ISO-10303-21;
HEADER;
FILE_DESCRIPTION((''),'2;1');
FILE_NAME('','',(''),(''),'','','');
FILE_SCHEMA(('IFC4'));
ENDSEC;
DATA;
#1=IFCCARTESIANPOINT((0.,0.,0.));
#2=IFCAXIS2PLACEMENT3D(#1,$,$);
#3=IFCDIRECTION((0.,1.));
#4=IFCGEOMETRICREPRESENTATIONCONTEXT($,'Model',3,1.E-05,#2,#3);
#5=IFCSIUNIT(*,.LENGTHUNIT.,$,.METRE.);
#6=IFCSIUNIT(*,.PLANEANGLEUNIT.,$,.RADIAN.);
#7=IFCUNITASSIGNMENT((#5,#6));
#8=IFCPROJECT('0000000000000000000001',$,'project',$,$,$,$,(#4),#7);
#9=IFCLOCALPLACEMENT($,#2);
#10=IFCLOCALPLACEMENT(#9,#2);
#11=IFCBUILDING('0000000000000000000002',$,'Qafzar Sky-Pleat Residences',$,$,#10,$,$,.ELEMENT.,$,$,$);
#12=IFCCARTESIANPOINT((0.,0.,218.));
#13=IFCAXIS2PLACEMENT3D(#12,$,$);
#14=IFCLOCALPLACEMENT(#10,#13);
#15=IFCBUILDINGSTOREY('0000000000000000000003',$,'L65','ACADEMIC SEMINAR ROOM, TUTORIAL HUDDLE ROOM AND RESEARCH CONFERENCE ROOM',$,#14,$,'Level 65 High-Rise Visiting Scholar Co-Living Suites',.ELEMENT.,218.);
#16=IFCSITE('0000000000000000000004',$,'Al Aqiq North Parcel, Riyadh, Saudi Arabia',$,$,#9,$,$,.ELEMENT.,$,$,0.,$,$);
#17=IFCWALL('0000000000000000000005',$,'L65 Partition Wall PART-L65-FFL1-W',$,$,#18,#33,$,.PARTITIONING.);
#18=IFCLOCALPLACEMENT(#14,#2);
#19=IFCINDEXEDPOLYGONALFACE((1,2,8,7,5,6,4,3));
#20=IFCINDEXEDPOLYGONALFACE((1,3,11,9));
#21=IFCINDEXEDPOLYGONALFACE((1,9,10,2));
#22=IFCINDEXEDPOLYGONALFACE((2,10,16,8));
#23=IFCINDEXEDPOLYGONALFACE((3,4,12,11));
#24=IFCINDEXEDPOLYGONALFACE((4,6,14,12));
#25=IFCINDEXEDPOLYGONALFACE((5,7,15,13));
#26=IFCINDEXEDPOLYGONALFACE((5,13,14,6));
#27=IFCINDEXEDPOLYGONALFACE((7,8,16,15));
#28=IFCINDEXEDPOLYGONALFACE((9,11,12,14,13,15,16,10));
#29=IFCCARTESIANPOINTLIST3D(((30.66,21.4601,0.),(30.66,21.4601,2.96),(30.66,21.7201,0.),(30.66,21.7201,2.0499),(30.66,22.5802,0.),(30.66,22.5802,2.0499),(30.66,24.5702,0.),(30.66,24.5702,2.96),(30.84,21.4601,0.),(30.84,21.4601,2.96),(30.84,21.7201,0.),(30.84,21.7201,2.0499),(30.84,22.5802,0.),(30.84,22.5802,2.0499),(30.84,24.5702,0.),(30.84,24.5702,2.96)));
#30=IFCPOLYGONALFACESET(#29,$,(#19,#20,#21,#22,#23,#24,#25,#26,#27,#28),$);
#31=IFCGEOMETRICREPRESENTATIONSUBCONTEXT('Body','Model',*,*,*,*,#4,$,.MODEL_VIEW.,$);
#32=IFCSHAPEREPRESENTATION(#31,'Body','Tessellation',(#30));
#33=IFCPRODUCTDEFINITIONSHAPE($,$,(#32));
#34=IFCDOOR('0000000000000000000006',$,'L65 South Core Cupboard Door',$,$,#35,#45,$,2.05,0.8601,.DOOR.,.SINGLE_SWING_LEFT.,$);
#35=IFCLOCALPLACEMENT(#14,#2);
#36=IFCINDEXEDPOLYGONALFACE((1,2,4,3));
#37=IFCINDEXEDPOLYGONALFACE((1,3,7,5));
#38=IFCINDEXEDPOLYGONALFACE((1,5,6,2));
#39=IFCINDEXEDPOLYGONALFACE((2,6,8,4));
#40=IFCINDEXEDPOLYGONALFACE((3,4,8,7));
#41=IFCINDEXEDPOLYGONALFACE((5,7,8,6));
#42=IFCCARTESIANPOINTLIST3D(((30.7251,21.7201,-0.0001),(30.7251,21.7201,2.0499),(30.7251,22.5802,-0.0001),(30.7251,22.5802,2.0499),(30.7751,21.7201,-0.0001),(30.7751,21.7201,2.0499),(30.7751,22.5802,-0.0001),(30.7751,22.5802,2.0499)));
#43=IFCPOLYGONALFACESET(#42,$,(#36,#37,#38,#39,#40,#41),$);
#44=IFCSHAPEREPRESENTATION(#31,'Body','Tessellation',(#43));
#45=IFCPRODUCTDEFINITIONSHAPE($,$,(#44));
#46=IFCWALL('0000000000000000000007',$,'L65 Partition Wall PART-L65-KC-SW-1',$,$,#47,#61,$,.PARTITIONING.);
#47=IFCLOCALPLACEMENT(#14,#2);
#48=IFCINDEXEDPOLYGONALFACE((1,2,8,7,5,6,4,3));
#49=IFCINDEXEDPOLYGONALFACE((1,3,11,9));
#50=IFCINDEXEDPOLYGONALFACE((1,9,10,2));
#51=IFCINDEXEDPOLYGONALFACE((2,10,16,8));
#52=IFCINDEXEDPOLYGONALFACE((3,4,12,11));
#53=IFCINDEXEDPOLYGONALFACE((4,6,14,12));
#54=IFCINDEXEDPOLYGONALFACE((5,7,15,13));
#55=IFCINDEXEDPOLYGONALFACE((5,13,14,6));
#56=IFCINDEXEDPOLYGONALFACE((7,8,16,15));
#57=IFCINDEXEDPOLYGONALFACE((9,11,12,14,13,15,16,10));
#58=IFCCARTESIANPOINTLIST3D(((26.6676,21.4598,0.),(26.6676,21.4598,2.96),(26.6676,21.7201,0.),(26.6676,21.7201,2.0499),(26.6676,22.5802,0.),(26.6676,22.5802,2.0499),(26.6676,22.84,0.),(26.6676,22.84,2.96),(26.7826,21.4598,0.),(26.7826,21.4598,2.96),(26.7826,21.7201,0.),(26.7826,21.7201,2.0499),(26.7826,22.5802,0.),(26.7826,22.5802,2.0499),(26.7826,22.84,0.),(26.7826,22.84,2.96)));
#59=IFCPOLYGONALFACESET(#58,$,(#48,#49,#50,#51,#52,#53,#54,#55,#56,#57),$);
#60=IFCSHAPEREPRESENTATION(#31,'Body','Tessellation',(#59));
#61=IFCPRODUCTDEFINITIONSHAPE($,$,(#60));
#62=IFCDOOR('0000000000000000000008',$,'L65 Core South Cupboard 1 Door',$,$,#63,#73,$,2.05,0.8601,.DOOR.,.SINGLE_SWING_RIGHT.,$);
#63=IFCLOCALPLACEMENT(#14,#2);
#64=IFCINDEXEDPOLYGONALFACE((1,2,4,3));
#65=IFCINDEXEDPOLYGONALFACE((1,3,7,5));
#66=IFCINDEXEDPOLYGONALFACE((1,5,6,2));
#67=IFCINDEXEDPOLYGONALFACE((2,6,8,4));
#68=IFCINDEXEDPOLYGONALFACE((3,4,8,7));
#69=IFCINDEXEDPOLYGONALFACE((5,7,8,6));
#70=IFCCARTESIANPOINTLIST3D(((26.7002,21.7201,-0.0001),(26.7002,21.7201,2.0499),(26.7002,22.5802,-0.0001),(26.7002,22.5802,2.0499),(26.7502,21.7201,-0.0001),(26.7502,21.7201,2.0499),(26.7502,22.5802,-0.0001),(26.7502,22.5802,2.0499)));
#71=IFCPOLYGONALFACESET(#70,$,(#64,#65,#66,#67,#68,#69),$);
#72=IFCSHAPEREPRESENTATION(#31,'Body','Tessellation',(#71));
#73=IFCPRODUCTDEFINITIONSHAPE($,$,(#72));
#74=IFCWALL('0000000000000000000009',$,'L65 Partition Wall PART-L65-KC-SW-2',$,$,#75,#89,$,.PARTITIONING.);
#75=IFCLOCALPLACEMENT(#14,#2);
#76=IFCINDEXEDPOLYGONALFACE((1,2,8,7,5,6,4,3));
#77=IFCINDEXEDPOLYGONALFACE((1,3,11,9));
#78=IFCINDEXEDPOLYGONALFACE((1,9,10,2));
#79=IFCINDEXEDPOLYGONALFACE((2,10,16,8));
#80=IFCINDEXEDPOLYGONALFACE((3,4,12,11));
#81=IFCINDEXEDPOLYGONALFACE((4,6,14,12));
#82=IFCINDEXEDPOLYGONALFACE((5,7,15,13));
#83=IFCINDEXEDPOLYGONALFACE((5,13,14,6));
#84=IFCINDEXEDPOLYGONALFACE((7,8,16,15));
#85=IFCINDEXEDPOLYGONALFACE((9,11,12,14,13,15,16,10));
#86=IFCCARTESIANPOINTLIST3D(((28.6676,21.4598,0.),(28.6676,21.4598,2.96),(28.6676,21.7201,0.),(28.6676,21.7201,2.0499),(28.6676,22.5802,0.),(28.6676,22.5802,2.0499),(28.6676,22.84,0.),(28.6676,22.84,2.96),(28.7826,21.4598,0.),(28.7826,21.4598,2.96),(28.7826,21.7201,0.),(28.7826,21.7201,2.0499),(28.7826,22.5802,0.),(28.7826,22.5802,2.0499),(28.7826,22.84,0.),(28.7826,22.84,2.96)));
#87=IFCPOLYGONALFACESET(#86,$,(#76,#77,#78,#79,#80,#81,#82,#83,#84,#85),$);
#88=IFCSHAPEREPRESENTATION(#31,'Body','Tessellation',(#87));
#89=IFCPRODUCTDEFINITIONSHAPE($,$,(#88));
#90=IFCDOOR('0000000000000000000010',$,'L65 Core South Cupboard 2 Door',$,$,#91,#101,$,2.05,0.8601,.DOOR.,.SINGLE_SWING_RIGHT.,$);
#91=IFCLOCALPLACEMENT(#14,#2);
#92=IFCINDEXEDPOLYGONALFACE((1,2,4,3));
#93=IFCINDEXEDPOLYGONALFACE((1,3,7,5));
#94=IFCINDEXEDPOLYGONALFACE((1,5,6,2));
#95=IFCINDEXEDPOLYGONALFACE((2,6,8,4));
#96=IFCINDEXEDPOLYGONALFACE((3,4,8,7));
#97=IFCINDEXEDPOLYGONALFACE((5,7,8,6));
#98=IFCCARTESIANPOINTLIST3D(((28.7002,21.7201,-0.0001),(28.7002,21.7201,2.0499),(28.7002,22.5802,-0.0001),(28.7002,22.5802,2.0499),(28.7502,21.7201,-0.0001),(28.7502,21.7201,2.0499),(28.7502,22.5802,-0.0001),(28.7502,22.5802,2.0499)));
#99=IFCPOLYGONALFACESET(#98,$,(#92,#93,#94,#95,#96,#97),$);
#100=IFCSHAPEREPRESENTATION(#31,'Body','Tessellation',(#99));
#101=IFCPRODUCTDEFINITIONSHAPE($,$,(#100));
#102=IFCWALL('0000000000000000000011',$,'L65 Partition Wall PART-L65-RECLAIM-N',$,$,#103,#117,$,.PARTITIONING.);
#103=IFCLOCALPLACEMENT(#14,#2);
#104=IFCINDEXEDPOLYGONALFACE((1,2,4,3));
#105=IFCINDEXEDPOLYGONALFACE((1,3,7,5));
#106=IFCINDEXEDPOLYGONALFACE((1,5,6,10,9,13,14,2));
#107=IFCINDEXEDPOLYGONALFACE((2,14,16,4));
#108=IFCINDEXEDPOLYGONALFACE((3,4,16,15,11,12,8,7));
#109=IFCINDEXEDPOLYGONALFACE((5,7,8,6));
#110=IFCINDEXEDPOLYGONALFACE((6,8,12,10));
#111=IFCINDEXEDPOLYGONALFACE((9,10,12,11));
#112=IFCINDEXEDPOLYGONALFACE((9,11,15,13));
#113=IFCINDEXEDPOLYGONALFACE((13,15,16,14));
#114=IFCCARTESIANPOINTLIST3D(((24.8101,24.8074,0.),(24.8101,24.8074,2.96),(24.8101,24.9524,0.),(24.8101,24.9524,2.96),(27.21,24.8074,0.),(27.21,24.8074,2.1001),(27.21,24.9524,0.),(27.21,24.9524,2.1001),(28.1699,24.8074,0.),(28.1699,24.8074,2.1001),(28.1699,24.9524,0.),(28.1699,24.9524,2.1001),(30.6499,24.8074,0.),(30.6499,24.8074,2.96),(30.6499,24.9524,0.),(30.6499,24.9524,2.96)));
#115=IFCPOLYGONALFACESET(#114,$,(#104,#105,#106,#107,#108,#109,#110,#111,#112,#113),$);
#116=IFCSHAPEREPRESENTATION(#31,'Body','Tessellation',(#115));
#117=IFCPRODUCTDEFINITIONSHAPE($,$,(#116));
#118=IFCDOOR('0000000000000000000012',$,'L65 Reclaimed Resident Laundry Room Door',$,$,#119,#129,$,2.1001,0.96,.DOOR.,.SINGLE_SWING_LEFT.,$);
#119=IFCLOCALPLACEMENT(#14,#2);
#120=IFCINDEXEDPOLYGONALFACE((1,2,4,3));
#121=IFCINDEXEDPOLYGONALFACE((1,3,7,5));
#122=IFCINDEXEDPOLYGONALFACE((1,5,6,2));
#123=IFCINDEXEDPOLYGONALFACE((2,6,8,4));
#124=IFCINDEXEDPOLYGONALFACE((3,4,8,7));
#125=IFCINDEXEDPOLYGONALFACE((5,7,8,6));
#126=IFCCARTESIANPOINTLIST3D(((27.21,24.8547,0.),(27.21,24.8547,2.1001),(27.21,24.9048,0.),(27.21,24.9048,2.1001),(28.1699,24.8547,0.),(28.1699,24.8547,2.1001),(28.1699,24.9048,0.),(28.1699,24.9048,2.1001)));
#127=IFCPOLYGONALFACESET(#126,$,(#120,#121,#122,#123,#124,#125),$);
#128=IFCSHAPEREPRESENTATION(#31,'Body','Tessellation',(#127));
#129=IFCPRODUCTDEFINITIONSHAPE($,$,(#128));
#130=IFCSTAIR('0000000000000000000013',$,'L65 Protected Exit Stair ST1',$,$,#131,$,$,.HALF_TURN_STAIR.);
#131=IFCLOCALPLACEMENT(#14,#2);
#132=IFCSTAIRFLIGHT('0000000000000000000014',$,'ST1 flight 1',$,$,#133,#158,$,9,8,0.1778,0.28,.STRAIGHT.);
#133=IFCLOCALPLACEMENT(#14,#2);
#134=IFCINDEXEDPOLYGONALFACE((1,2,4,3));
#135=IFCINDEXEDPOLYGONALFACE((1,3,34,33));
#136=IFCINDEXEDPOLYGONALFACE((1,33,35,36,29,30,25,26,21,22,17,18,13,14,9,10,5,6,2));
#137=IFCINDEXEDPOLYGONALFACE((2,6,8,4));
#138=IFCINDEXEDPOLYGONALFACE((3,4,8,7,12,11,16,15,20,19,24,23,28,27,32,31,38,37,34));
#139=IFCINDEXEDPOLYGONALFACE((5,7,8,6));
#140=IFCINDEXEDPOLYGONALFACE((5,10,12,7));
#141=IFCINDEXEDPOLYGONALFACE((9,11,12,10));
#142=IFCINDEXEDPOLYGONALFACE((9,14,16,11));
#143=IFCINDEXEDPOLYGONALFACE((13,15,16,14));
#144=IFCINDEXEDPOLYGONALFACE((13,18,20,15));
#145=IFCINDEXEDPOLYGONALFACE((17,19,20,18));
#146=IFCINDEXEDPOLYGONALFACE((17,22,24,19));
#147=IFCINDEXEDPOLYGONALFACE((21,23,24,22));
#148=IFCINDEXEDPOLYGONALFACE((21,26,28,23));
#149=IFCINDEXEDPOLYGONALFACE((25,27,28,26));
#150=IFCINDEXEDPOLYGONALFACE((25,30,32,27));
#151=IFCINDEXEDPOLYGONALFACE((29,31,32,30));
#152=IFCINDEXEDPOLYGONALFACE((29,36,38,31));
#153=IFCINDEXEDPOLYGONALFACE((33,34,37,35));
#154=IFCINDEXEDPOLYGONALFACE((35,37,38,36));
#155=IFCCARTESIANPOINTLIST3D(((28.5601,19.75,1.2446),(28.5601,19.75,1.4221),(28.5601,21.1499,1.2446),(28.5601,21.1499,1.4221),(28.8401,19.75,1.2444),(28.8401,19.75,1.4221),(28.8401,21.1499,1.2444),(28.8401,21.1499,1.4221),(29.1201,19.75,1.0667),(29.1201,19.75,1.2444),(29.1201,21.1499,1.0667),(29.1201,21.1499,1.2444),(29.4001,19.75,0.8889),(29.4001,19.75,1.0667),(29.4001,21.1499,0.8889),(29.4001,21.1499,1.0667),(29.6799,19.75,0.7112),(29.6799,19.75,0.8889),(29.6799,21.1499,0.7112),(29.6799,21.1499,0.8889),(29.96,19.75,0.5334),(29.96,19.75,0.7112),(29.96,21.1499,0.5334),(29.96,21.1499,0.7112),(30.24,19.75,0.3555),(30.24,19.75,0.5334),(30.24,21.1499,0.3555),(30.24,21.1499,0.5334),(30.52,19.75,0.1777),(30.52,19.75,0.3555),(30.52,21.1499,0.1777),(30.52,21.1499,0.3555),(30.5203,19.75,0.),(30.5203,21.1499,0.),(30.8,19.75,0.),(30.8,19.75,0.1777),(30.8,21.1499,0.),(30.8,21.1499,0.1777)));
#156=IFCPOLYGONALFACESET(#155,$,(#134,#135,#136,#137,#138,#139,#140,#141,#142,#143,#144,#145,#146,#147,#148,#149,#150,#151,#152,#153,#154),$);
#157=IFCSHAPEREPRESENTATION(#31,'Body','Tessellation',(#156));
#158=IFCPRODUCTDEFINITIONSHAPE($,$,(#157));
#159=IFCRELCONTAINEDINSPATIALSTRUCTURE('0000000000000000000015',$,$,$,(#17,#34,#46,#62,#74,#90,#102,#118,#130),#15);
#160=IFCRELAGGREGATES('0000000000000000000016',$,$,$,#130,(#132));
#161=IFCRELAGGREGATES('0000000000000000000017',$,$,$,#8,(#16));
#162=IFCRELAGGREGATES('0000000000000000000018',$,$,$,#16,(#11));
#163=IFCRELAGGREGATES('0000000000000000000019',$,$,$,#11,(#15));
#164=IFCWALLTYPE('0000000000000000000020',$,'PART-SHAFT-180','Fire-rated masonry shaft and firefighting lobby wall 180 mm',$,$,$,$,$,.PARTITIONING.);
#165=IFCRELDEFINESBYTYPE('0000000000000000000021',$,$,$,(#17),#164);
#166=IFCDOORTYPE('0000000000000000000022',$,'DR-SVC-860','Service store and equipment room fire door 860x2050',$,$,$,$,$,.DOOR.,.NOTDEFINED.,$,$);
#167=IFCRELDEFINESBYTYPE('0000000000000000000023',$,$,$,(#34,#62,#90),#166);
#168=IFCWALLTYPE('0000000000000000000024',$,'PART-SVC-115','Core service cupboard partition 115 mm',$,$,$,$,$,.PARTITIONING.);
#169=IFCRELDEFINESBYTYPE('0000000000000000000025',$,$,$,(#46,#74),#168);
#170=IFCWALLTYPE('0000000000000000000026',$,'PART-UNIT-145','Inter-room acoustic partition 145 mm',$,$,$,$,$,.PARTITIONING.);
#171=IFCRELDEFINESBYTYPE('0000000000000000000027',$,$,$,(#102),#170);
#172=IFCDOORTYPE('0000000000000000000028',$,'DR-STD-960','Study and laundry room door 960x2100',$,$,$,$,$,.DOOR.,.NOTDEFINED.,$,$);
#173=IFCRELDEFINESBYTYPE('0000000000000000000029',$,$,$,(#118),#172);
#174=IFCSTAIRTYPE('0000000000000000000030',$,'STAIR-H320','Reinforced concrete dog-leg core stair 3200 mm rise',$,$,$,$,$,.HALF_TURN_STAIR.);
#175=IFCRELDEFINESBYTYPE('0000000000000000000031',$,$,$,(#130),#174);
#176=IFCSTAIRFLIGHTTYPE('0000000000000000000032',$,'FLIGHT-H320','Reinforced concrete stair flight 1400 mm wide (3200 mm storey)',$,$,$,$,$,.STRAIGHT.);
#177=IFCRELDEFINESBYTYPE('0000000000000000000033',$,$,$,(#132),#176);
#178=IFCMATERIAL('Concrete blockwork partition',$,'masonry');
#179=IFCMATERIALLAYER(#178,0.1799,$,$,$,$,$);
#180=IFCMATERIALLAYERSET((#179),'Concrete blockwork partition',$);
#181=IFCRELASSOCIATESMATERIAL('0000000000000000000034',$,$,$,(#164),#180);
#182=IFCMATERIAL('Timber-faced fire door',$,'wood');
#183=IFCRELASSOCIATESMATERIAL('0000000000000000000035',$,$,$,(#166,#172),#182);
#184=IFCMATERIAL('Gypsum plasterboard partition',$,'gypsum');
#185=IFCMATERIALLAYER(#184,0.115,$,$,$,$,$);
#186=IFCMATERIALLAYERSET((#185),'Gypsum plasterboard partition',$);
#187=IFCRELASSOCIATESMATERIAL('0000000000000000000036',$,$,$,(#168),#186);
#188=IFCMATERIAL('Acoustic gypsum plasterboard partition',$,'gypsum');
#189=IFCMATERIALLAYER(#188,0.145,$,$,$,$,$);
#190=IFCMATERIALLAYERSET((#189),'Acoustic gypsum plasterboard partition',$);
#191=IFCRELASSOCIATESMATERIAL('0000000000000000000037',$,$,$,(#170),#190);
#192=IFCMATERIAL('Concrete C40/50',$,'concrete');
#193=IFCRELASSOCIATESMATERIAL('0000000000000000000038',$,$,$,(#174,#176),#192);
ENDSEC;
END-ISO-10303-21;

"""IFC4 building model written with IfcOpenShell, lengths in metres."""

from ifc_helpers import new_model, si_unit, direction, frame, frame_2d, origin, place, context, subcontext, project, spatial, polyline, rectangle, outline, extrude, source, transform, mapped, material, layer, layer_set, type_object, element, fill, aggregate, save


model = new_model("IFC4")

# Units and contexts
model_context = context("Model", 3, precision=1e-05, world=origin(), true_north=direction((0.0, 1.0)))
body_context = subcontext(model_context, "Body", "Model", "MODEL_VIEW")
ifc_project = project(units=[si_unit("LENGTHUNIT", "METRE"), si_unit("PLANEANGLEUNIT", "RADIAN")], contexts=[model_context])

# Site, building, storey
site_placement = place(None, origin())
site = spatial("IfcSite", under=ifc_project, at=site_placement, Name="Al Aqiq North Parcel, Riyadh, Saudi Arabia", CompositionType="ELEMENT", RefElevation=0.0)
building_placement = place(site_placement, origin())
building = spatial("IfcBuilding", under=site, at=building_placement, Name="Qafzar Sky-Pleat Residences", CompositionType="ELEMENT")
storey_placement = place(building_placement, frame((0.0, 0.0, 218.0)))
storey = spatial("IfcBuildingStorey", under=building, at=storey_placement, Name="L65", Description="ACADEMIC SEMINAR ROOM, TUTORIAL HUDDLE ROOM AND RESEARCH CONFERENCE ROOM", LongName="Level 65 High-Rise Visiting Scholar Co-Living Suites", CompositionType="ELEMENT", Elevation=218.0)

# Walls, openings, doors
ifc_material_1 = material(Name="Concrete blockwork partition", Category="masonry")
ifc_layer_1 = layer(ifc_material_1, 0.1799)
ifc_layer_set_1 = layer_set([ifc_layer_1], Name="Concrete blockwork partition")
wall_type_1 = type_object("IfcWallType", Name="PART-SHAFT-180", Description="Fire-rated masonry shaft and firefighting lobby wall 180 mm", PredefinedType="PARTITIONING", material=ifc_layer_set_1)
wall_1_placement = place(storey_placement, frame((30.75, 21.46, 0.0), z_axis=(0.0, 0.0, 1.0), x_axis=(0.0, 1.0, 0.0)))
wall_1 = element("IfcWall", 1, at=wall_1_placement, inside=storey, type_object=wall_type_1, Name="L65 Partition Wall PART-L65-FFL1-W", PredefinedType="PARTITIONING", context=body_context, shape_type="SweptSolid", body=[
    extrude(rectangle(XDim=3.1101, YDim=0.1799, at=frame_2d((1.5552, 0.0))), origin(), (0.0, 0.0, 1.0), 2.96),
])
opening_1_placement = place(wall_1_placement, frame((0.26, 0.0, 0.0)))
opening_1 = element("IfcOpeningElement", 2, at=opening_1_placement, cuts=wall_1, PredefinedType="OPENING", context=body_context, shape_type="SweptSolid", body=[
    extrude(rectangle(XDim=0.8601, YDim=2.05, at=frame_2d((0.4302, 1.0249))), frame((0.0, 0.1001, 0.0), z_axis=(0.0, -1.0, 0.0), x_axis=(1.0, 0.0, 0.0)), (0.0, 0.0, 1.0), 0.2),
])
ifc_material_2 = material(Name="Timber-faced fire door", Category="wood")
door_type_1 = type_object("IfcDoorType", Name="DR-SVC-860", Description="Service store and equipment room fire door 860x2050", OperationType="NOTDEFINED", PredefinedType="DOOR", material=ifc_material_2)
shared_shape_1 = source(origin(), body_context, "Body", "SweptSolid", [
    extrude(rectangle(XDim=0.8601, YDim=2.05, at=frame_2d((0.4302, 1.0249))), frame((0.0, 0.0249, 0.0), z_axis=(0.0, -1.0, 0.0), x_axis=(1.0, 0.0, 0.0)), (0.0, 0.0, 1.0), 0.05),
])
door_1_placement = place(opening_1_placement, origin())
door_1 = element("IfcDoor", 3, at=door_1_placement, inside=storey, type_object=door_type_1, Name="L65 South Core Cupboard Door", OperationType="SINGLE_SWING_LEFT", OverallHeight=2.05, OverallWidth=0.8601, PredefinedType="DOOR", context=body_context, shape_type="MappedRepresentation", body=[
    mapped(shared_shape_1, transform((0.0, 0.0, 0.0), x_axis=(1.0, 0.0, 0.0), y_axis=(0.0, 1.0, 0.0), z_axis=(0.0, 0.0, 1.0), scale=1.0)),
])
fill(opening_1, door_1)
ifc_material_3 = material(Name="Gypsum plasterboard partition", Category="gypsum")
ifc_layer_2 = layer(ifc_material_3, 0.115)
ifc_layer_set_2 = layer_set([ifc_layer_2], Name="Gypsum plasterboard partition")
wall_type_2 = type_object("IfcWallType", Name="PART-SVC-115", Description="Core service cupboard partition 115 mm", PredefinedType="PARTITIONING", material=ifc_layer_set_2)
wall_2_placement = place(storey_placement, frame((26.7251, 21.46, 0.0), z_axis=(0.0, 0.0, 1.0), x_axis=(0.0, 1.0, 0.0)))
wall_2 = element("IfcWall", 4, at=wall_2_placement, inside=storey, type_object=wall_type_2, Name="L65 Partition Wall PART-L65-KC-SW-1", PredefinedType="PARTITIONING", context=body_context, shape_type="SweptSolid", body=[
    extrude(rectangle(XDim=1.3801, YDim=0.115, at=frame_2d((0.6899, 0.0))), origin(), (0.0, 0.0, 1.0), 2.96),
])
opening_2_placement = place(wall_2_placement, frame((0.26, 0.0, 0.0)))
opening_2 = element("IfcOpeningElement", 5, at=opening_2_placement, cuts=wall_2, PredefinedType="OPENING", context=body_context, shape_type="SweptSolid", body=[
    extrude(rectangle(XDim=0.8601, YDim=2.05, at=frame_2d((0.4302, 1.0249))), frame((0.0, 0.0674, 0.0), z_axis=(0.0, -1.0, 0.0), x_axis=(1.0, 0.0, 0.0)), (0.0, 0.0, 1.0), 0.135),
])
door_2_placement = place(opening_2_placement, origin())
door_2 = element("IfcDoor", 6, at=door_2_placement, inside=storey, type_object=door_type_1, Name="L65 Core South Cupboard 1 Door", OperationType="SINGLE_SWING_RIGHT", OverallHeight=2.05, OverallWidth=0.8601, PredefinedType="DOOR", context=body_context, shape_type="MappedRepresentation", body=[
    mapped(shared_shape_1, transform((0.0, 0.0, 0.0), x_axis=(1.0, 0.0, 0.0), y_axis=(0.0, 1.0, 0.0), z_axis=(0.0, 0.0, 1.0), scale=1.0)),
])
fill(opening_2, door_2)
wall_3_placement = place(storey_placement, frame((28.7251, 21.46, 0.0), z_axis=(0.0, 0.0, 1.0), x_axis=(0.0, 1.0, 0.0)))
wall_3 = element("IfcWall", 7, at=wall_3_placement, inside=storey, type_object=wall_type_2, Name="L65 Partition Wall PART-L65-KC-SW-2", PredefinedType="PARTITIONING", context=body_context, shape_type="SweptSolid", body=[
    extrude(rectangle(XDim=1.3801, YDim=0.115, at=frame_2d((0.6899, 0.0))), origin(), (0.0, 0.0, 1.0), 2.96),
])
opening_3_placement = place(wall_3_placement, frame((0.26, 0.0, 0.0)))
opening_3 = element("IfcOpeningElement", 8, at=opening_3_placement, cuts=wall_3, PredefinedType="OPENING", context=body_context, shape_type="SweptSolid", body=[
    extrude(rectangle(XDim=0.8601, YDim=2.05, at=frame_2d((0.4302, 1.0249))), frame((0.0, 0.0674, 0.0), z_axis=(0.0, -1.0, 0.0), x_axis=(1.0, 0.0, 0.0)), (0.0, 0.0, 1.0), 0.135),
])
door_3_placement = place(opening_3_placement, origin())
door_3 = element("IfcDoor", 9, at=door_3_placement, inside=storey, type_object=door_type_1, Name="L65 Core South Cupboard 2 Door", OperationType="SINGLE_SWING_RIGHT", OverallHeight=2.05, OverallWidth=0.8601, PredefinedType="DOOR", context=body_context, shape_type="MappedRepresentation", body=[
    mapped(shared_shape_1, transform((0.0, 0.0, 0.0), x_axis=(1.0, 0.0, 0.0), y_axis=(0.0, 1.0, 0.0), z_axis=(0.0, 0.0, 1.0), scale=1.0)),
])
fill(opening_3, door_3)
ifc_material_4 = material(Name="Acoustic gypsum plasterboard partition", Category="gypsum")
ifc_layer_3 = layer(ifc_material_4, 0.145)
ifc_layer_set_3 = layer_set([ifc_layer_3], Name="Acoustic gypsum plasterboard partition")
wall_type_3 = type_object("IfcWallType", Name="PART-UNIT-145", Description="Inter-room acoustic partition 145 mm", PredefinedType="PARTITIONING", material=ifc_layer_set_3)
wall_4_placement = place(storey_placement, frame((24.8101, 24.8799, 0.0), z_axis=(0.0, 0.0, 1.0), x_axis=(1.0, 0.0, 0.0)))
wall_4 = element("IfcWall", 10, at=wall_4_placement, inside=storey, type_object=wall_type_3, Name="L65 Partition Wall PART-L65-RECLAIM-N", PredefinedType="PARTITIONING", context=body_context, shape_type="SweptSolid", body=[
    extrude(rectangle(XDim=5.8398, YDim=0.145, at=frame_2d((2.9199, 0.0))), origin(), (0.0, 0.0, 1.0), 2.96),
])
opening_4_placement = place(wall_4_placement, frame((2.3999, 0.0, 0.0)))
opening_4 = element("IfcOpeningElement", 11, at=opening_4_placement, cuts=wall_4, PredefinedType="OPENING", context=body_context, shape_type="SweptSolid", body=[
    extrude(rectangle(XDim=0.96, YDim=2.1001, at=frame_2d((0.48, 1.05))), frame((0.0, 0.0825, 0.0), z_axis=(0.0, -1.0, 0.0), x_axis=(1.0, 0.0, 0.0)), (0.0, 0.0, 1.0), 0.165),
])
door_type_2 = type_object("IfcDoorType", Name="DR-STD-960", Description="Study and laundry room door 960x2100", OperationType="NOTDEFINED", PredefinedType="DOOR", material=ifc_material_2)
shared_shape_2 = source(origin(), body_context, "Body", "SweptSolid", [
    extrude(rectangle(XDim=0.96, YDim=2.1001, at=frame_2d((0.48, 1.05))), frame((0.0, 0.0249, 0.0), z_axis=(0.0, -1.0, 0.0), x_axis=(1.0, 0.0, 0.0)), (0.0, 0.0, 1.0), 0.05),
])
door_4_placement = place(opening_4_placement, origin())
door_4 = element("IfcDoor", 12, at=door_4_placement, inside=storey, type_object=door_type_2, Name="L65 Reclaimed Resident Laundry Room Door", OperationType="SINGLE_SWING_LEFT", OverallHeight=2.1001, OverallWidth=0.96, PredefinedType="DOOR", context=body_context, shape_type="MappedRepresentation", body=[
    mapped(shared_shape_2, transform((0.0, 0.0, 0.0), x_axis=(1.0, 0.0, 0.0), y_axis=(0.0, 1.0, 0.0), z_axis=(0.0, 0.0, 1.0), scale=1.0)),
])
fill(opening_4, door_4)

# Stair, stair flight
ifc_material_5 = material(Name="Concrete C40/50", Category="concrete")
stair_type = type_object("IfcStairType", Name="STAIR-H320", Description="Reinforced concrete dog-leg core stair 3200 mm rise", PredefinedType="HALF_TURN_STAIR", material=ifc_material_5)
stair_placement = place(storey_placement, origin())
stair = element("IfcStair", 13, at=stair_placement, inside=storey, type_object=stair_type, Name="L65 Protected Exit Stair ST1", PredefinedType="HALF_TURN_STAIR")
stair_flight_type = type_object("IfcStairFlightType", Name="FLIGHT-H320", Description="Reinforced concrete stair flight 1400 mm wide (3200 mm storey)", PredefinedType="STRAIGHT", material=ifc_material_5)
shared_shape_3 = source(origin(), body_context, "Body", "SweptSolid", [
    extrude(outline(polyline([(0.0, 0.0), (0.0, 0.1777), (0.28, 0.1777), (0.28, 0.3555), (0.5601, 0.3555), (0.5601, 0.5334), (0.8401, 0.5334), (0.8401, 0.7112), (1.1201, 0.7112), (1.1201, 0.8889), (1.3999, 0.8889), (1.3999, 1.0667), (1.6799, 1.0667), (1.6799, 1.2444), (1.96, 1.2444), (1.96, 1.4221), (2.24, 1.4221), (2.24, 1.6001), (2.24, 1.2446), (0.2798, 0.0), (0.0, 0.0)])), frame((0.0, 0.7, 0.0), z_axis=(0.0, -1.0, 0.0), x_axis=(1.0, 0.0, 0.0)), (0.0, 0.0, 1.0), 1.3999),
])
stair_flight_1_placement = place(storey_placement, frame((30.8, 20.45, 0.0), z_axis=(0.0, 0.0, 1.0), x_axis=(-1.0, 0.0, 0.0)))
stair_flight_1 = element("IfcStairFlight", 14, at=stair_flight_1_placement, type_object=stair_flight_type, Name="ST1 flight 1", NumberOfRisers=9, NumberOfTreads=8, PredefinedType="STRAIGHT", RiserHeight=0.1778, TreadLength=0.28, context=body_context, shape_type="MappedRepresentation", body=[
    mapped(shared_shape_3, transform((0.0, 0.0, 0.0), x_axis=(1.0, 0.0, 0.0), y_axis=(0.0, 1.0, 0.0), z_axis=(0.0, 0.0, 1.0), scale=1.0)),
])
aggregate(stair, [stair_flight_1])

save(model, "model.ifc")
